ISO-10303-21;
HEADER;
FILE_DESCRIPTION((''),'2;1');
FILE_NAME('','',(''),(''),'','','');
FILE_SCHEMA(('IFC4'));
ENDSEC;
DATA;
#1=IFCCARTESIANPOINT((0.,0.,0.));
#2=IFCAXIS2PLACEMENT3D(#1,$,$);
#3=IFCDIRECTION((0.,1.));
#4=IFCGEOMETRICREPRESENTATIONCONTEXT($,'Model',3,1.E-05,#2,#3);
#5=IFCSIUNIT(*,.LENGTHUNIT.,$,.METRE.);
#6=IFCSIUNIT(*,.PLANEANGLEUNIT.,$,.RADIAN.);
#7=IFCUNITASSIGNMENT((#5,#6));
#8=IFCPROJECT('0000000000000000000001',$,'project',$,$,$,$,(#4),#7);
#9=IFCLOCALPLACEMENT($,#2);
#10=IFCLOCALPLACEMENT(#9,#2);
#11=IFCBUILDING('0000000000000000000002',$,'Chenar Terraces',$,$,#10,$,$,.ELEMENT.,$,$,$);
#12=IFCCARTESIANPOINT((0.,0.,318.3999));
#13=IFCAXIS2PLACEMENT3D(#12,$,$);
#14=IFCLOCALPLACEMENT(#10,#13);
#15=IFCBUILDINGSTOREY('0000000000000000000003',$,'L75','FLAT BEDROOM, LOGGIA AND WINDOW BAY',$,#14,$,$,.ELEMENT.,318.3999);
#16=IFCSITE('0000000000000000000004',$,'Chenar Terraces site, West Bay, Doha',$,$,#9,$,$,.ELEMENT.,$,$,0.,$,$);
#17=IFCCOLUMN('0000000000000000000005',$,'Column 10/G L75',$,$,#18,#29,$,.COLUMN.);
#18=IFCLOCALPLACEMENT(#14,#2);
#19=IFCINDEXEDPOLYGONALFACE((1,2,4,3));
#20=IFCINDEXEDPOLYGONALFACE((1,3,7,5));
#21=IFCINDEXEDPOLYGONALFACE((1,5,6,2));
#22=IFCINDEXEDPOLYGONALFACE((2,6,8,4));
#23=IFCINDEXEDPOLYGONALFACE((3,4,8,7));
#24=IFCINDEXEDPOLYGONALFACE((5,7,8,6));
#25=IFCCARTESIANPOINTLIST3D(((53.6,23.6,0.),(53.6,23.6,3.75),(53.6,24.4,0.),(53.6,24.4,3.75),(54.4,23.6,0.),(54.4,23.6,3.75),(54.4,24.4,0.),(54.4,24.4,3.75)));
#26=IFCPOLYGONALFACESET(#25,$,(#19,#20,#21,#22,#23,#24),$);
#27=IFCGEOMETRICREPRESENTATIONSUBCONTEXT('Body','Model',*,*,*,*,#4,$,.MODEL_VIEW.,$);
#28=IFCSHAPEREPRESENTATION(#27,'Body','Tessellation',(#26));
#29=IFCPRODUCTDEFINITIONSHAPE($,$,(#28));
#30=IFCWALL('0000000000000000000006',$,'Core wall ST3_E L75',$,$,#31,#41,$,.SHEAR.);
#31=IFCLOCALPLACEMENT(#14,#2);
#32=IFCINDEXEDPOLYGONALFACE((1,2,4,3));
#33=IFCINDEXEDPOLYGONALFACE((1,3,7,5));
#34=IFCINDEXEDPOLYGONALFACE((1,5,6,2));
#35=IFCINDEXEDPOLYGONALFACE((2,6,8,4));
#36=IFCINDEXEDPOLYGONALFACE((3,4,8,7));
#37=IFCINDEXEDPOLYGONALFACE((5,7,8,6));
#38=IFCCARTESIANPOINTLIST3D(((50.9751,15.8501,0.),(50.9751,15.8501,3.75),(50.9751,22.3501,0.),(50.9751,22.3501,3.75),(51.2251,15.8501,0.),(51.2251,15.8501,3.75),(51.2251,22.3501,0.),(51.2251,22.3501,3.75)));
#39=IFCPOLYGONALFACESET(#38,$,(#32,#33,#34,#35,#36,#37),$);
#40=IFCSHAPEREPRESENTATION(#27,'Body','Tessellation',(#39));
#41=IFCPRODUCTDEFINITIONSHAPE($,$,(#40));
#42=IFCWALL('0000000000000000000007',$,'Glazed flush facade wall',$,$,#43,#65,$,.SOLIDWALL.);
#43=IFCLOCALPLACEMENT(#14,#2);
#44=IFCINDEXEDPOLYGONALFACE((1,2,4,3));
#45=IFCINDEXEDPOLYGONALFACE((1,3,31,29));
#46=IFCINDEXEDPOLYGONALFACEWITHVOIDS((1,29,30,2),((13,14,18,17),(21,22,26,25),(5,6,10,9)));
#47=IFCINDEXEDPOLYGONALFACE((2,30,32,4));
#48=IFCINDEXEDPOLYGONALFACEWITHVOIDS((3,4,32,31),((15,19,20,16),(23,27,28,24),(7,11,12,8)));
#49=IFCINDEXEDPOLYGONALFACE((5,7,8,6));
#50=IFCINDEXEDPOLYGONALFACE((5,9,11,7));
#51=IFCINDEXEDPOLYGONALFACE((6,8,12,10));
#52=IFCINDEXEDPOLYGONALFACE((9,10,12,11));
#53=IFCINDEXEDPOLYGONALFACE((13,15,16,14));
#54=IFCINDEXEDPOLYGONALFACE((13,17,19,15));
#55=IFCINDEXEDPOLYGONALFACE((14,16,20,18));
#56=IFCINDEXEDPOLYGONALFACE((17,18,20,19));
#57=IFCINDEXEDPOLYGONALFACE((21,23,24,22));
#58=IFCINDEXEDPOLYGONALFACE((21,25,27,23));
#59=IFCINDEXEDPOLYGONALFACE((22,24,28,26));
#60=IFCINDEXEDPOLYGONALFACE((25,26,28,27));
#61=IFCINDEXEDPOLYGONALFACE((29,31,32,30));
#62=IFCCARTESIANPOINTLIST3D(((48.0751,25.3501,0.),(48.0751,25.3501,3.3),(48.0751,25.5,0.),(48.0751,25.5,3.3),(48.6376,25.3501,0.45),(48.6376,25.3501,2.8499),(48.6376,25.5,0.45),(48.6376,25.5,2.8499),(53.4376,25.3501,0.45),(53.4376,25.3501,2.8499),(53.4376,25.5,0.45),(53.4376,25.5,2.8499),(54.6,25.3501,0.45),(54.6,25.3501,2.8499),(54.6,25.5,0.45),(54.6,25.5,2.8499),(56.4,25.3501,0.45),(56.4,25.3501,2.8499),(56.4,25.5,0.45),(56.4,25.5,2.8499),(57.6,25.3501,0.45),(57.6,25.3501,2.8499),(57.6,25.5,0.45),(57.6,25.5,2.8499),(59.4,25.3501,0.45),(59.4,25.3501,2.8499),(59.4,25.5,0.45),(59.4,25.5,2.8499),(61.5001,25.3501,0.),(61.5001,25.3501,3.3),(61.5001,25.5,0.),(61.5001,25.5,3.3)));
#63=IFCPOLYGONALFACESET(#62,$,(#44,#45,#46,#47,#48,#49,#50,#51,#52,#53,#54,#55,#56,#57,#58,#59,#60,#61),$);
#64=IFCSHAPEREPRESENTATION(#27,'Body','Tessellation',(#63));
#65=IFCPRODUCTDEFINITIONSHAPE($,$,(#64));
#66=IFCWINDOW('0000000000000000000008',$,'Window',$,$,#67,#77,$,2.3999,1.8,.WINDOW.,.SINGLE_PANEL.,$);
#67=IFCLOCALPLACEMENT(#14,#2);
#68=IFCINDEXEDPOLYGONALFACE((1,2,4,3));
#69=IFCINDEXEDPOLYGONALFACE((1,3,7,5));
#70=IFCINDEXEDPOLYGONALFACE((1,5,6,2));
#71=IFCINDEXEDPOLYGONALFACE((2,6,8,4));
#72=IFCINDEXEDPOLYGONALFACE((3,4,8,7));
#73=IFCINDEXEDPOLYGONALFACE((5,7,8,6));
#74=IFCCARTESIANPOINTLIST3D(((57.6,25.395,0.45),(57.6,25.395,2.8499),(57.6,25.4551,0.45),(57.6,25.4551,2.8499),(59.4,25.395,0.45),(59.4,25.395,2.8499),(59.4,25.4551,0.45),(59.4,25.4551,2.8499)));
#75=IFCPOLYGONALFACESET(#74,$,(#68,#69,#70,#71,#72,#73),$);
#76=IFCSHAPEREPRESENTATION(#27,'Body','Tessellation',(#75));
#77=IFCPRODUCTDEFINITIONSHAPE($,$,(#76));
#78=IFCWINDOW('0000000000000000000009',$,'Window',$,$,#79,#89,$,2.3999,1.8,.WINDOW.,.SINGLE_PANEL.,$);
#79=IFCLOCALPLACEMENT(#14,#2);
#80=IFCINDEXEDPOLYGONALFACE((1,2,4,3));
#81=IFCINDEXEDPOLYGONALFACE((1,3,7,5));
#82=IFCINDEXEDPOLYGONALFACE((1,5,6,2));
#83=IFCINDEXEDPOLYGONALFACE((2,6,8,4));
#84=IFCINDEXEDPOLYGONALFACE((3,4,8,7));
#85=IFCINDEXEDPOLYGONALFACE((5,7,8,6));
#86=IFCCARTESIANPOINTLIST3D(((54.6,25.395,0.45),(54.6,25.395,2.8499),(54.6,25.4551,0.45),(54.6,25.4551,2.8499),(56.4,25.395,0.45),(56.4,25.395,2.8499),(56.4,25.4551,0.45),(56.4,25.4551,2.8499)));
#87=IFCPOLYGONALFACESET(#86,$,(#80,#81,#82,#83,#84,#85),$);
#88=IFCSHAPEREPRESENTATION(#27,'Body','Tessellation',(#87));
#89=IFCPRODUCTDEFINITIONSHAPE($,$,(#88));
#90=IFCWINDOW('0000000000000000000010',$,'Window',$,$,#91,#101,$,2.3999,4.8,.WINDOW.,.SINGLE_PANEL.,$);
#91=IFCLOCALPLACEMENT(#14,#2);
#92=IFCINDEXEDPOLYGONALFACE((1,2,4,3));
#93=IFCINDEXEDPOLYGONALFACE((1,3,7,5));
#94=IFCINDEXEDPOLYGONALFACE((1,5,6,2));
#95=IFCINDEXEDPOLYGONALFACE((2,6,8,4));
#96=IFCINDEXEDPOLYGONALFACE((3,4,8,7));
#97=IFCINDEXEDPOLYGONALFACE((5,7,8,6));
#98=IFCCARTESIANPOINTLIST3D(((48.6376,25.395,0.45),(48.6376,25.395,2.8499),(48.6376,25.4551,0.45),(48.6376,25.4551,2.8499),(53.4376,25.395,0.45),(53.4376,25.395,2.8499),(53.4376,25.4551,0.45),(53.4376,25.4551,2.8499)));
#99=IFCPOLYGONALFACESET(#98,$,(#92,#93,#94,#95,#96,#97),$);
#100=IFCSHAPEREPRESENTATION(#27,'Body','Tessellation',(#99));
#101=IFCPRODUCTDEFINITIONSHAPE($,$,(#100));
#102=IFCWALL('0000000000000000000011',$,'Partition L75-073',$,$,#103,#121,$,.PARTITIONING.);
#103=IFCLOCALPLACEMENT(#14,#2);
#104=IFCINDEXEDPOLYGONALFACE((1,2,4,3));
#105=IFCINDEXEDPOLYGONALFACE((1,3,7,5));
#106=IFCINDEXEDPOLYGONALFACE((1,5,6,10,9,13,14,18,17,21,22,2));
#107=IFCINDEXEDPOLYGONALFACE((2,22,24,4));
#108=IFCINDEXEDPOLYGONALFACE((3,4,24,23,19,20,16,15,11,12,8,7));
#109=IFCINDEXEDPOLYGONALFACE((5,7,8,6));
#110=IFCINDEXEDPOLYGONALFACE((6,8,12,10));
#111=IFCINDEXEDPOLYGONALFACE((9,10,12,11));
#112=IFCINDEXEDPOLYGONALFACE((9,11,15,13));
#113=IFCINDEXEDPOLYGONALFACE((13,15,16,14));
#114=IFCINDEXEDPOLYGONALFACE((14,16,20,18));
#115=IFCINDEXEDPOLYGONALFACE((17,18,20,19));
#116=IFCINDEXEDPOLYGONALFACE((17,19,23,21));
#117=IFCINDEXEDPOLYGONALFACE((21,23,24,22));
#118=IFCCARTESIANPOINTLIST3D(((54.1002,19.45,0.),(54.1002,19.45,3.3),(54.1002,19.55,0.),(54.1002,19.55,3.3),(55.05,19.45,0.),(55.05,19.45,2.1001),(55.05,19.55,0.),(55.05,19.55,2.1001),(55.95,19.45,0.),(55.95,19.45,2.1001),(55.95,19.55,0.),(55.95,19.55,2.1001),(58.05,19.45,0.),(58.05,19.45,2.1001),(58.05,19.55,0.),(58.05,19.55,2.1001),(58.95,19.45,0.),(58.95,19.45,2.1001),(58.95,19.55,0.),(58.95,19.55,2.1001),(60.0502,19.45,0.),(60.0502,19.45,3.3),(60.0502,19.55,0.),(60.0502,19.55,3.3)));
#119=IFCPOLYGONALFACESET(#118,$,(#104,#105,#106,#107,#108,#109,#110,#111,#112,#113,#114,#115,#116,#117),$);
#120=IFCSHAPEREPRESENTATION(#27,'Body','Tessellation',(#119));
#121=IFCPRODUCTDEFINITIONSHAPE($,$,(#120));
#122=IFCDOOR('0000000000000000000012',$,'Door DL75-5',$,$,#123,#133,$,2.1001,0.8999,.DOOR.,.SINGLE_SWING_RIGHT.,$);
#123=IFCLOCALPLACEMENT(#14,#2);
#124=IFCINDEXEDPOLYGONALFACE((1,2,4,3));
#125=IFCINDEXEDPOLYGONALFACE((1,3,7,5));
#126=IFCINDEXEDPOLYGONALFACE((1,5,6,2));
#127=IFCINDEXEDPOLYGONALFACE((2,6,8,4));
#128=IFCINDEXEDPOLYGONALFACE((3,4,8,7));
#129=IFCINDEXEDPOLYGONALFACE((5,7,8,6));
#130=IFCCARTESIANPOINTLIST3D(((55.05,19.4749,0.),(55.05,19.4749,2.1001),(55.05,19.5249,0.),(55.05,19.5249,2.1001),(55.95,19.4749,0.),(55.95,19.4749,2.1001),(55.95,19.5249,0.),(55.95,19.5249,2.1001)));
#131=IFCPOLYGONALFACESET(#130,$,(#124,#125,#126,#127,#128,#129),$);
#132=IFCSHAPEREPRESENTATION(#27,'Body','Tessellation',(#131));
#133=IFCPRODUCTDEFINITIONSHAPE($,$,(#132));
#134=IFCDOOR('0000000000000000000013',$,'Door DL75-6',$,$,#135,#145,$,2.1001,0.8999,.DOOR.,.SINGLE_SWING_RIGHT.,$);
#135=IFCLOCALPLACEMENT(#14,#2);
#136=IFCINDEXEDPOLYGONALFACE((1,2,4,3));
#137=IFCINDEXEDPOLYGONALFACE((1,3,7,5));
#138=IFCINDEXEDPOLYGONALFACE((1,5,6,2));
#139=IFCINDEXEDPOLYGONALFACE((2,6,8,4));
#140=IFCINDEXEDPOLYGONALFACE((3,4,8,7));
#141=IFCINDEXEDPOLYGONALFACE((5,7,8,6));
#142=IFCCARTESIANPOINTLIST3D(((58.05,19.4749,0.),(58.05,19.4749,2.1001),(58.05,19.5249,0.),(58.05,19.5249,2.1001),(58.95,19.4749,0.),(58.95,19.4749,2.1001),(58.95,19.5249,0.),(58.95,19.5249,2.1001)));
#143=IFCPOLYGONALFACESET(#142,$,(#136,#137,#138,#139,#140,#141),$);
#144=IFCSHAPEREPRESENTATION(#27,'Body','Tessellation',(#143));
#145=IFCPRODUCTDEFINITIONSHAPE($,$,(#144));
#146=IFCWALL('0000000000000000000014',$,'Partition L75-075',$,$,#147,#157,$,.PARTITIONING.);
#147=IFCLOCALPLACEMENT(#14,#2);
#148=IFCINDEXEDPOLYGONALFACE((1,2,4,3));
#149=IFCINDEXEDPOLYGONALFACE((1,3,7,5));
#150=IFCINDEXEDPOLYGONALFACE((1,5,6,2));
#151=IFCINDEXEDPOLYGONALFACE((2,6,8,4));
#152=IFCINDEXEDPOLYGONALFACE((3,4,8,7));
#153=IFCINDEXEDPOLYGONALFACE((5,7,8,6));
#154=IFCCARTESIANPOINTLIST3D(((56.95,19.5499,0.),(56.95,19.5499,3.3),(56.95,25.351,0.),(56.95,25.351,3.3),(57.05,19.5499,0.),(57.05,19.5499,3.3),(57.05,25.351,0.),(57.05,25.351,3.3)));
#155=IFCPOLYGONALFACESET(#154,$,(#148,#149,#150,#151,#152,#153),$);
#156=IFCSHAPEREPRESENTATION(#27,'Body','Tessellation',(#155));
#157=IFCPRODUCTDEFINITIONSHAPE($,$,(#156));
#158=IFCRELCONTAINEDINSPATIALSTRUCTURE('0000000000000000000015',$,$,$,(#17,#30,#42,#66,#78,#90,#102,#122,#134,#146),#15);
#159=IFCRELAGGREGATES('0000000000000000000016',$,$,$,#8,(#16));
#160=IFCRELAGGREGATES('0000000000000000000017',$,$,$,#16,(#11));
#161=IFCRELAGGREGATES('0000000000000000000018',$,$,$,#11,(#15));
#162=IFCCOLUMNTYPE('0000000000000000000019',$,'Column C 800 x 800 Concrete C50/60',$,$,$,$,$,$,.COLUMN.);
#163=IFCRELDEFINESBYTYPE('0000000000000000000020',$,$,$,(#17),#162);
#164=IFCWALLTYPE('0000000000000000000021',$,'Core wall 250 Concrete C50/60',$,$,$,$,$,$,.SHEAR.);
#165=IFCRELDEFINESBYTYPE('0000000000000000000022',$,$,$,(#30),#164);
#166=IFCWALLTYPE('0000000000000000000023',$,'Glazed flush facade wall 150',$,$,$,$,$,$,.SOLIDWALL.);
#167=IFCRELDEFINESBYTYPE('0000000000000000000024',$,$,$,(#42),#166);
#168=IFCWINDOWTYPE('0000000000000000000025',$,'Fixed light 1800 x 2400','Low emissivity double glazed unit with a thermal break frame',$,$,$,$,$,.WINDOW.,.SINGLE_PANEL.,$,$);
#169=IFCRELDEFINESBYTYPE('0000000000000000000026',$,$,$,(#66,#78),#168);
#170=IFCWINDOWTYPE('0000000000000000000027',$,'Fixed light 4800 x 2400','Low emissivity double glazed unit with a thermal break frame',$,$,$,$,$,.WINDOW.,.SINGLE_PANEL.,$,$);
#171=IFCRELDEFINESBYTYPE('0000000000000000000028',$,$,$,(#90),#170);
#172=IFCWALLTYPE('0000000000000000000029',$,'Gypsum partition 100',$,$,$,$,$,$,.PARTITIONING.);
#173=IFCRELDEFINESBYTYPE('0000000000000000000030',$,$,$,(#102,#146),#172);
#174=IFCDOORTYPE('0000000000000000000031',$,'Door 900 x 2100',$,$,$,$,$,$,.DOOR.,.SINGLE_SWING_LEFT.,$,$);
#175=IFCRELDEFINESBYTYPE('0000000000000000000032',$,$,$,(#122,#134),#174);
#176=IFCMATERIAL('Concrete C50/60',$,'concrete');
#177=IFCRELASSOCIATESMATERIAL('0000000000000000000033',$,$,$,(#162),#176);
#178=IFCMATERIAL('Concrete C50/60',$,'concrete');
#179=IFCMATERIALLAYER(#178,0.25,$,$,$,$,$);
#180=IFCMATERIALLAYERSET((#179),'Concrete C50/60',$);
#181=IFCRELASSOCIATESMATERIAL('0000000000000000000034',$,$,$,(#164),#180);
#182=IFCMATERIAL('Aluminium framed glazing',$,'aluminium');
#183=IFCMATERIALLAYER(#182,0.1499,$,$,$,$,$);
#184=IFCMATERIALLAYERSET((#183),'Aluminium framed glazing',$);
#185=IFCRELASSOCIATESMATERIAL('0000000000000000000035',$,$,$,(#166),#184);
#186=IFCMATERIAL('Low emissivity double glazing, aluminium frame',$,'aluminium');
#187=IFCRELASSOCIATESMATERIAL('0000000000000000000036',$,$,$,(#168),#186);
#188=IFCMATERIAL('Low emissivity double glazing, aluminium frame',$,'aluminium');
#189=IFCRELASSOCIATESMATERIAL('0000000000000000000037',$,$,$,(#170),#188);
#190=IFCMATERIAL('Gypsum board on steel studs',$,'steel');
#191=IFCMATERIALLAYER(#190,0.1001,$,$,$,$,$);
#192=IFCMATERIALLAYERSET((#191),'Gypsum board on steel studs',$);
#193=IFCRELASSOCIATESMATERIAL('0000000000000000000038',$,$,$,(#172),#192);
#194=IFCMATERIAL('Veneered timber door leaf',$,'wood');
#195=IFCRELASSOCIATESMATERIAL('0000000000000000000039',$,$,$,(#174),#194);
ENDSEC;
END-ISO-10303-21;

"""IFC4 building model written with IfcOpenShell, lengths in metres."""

from ifc_helpers import new_model, si_unit, direction, frame, frame_2d, origin, origin_2d, place, context, subcontext, project, spatial, rectangle, extrude, material, layer, layer_set, material_profile, profile_set, type_object, element, fill, save


model = new_model("IFC4")

# Units and contexts
model_context = context("Model", 3, precision=1e-05, world=origin(), true_north=direction((0.0, 1.0)))
body_context = subcontext(model_context, "Body", "Model", "MODEL_VIEW")
ifc_project = project(units=[si_unit("LENGTHUNIT", "METRE"), si_unit("PLANEANGLEUNIT", "RADIAN")], contexts=[model_context])

# Site, building, storey
site_placement = place(None, origin())
site = spatial("IfcSite", under=ifc_project, at=site_placement, Name="Chenar Terraces site, West Bay, Doha", CompositionType="ELEMENT", RefElevation=0.0)
building_placement = place(site_placement, origin())
building = spatial("IfcBuilding", under=site, at=building_placement, Name="Chenar Terraces", CompositionType="ELEMENT")
storey_placement = place(building_placement, frame((0.0, 0.0, 318.3999)))
storey = spatial("IfcBuildingStorey", under=building, at=storey_placement, Name="L75", Description="FLAT BEDROOM, LOGGIA AND WINDOW BAY", CompositionType="ELEMENT", Elevation=318.3999)

# Column
ifc_material_1 = material(Name="Concrete C50/60", Category="concrete")
ifc_material_profile = material_profile(ifc_material_1, rectangle(XDim=0.8, YDim=0.8, at=origin_2d()), Name="C 800 x 800")
ifc_profile_set = profile_set([ifc_material_profile], Name="Concrete C50/60")
column_type = type_object("IfcColumnType", Name="Column C 800 x 800 Concrete C50/60", PredefinedType="COLUMN", material=ifc_profile_set)
column_placement = place(storey_placement, frame((54.0, 24.0, 0.0), z_axis=(0.0, 0.0, 1.0), x_axis=(1.0, 0.0, 0.0)))
element("IfcColumn", 1, at=column_placement, inside=storey, type_object=column_type, Name="Column 10/G L75", PredefinedType="COLUMN", context=body_context, shape_type="SweptSolid", body=[
    extrude(rectangle(XDim=0.8, YDim=0.8, at=origin_2d()), origin(), (0.0, 0.0, 1.0), 3.75),
])

# Wall
ifc_material_2 = material(Name="Concrete C50/60", Category="concrete")
ifc_layer_1 = layer(ifc_material_2, 0.25)
ifc_layer_set_1 = layer_set([ifc_layer_1], Name="Concrete C50/60")
wall_type_1 = type_object("IfcWallType", Name="Core wall 250 Concrete C50/60", PredefinedType="SHEAR", material=ifc_layer_set_1)
wall_1_placement = place(storey_placement, frame((51.1001, 15.8501, 0.0), z_axis=(0.0, 0.0, 1.0), x_axis=(0.0, 1.0, 0.0)))
element("IfcWall", 2, at=wall_1_placement, inside=storey, type_object=wall_type_1, Name="Core wall ST3_E L75", PredefinedType="SHEAR", context=body_context, shape_type="SweptSolid", body=[
    extrude(rectangle(XDim=6.5, YDim=0.25, at=frame_2d((3.25, 0.0))), origin(), (0.0, 0.0, 1.0), 3.75),
])

# Wall, openings, windows
ifc_material_3 = material(Name="Aluminium framed glazing", Category="aluminium")
ifc_layer_2 = layer(ifc_material_3, 0.1499)
ifc_layer_set_2 = layer_set([ifc_layer_2], Name="Aluminium framed glazing")
wall_type_2 = type_object("IfcWallType", Name="Glazed flush facade wall 150", PredefinedType="SOLIDWALL", material=ifc_layer_set_2)
wall_2_placement = place(storey_placement, frame((61.5, 25.425, 0.0), z_axis=(0.0, 0.0, 1.0), x_axis=(-1.0, 0.0, 0.0)))
wall_2 = element("IfcWall", 3, at=wall_2_placement, inside=storey, type_object=wall_type_2, Name="Glazed flush facade wall", PredefinedType="SOLIDWALL", context=body_context, shape_type="SweptSolid", body=[
    extrude(rectangle(XDim=13.425, YDim=0.1499, at=frame_2d((6.7124, 0.0))), origin(), (0.0, 0.0, 1.0), 3.3),
])
opening_1_placement = place(wall_2_placement, frame((2.1001, 0.0, 0.45)))
opening_1 = element("IfcOpeningElement", 4, at=opening_1_placement, cuts=wall_2, PredefinedType="OPENING", context=body_context, shape_type="SweptSolid", body=[
    extrude(rectangle(XDim=1.8, YDim=2.3999, at=frame_2d((0.8999, 1.2))), frame((0.0, 0.085, 0.0), z_axis=(0.0, -1.0, 0.0), x_axis=(1.0, 0.0, 0.0)), (0.0, 0.0, 1.0), 0.1699),
])
opening_2_placement = place(wall_2_placement, frame((5.1001, 0.0, 0.45)))
opening_2 = element("IfcOpeningElement", 5, at=opening_2_placement, cuts=wall_2, PredefinedType="OPENING", context=body_context, shape_type="SweptSolid", body=[
    extrude(rectangle(XDim=1.8, YDim=2.3999, at=frame_2d((0.8999, 1.2))), frame((0.0, 0.085, 0.0), z_axis=(0.0, -1.0, 0.0), x_axis=(1.0, 0.0, 0.0)), (0.0, 0.0, 1.0), 0.1699),
])
opening_3_placement = place(wall_2_placement, frame((8.0625, 0.0, 0.45)))
opening_3 = element("IfcOpeningElement", 6, at=opening_3_placement, cuts=wall_2, PredefinedType="OPENING", context=body_context, shape_type="SweptSolid", body=[
    extrude(rectangle(XDim=4.8, YDim=2.3999, at=frame_2d((2.3999, 1.2))), frame((0.0, 0.085, 0.0), z_axis=(0.0, -1.0, 0.0), x_axis=(1.0, 0.0, 0.0)), (0.0, 0.0, 1.0), 0.1699),
])
ifc_material_4 = material(Name="Low emissivity double glazing, aluminium frame", Category="aluminium")
window_type_1 = type_object("IfcWindowType", Name="Fixed light 1800 x 2400", Description="Low emissivity double glazed unit with a thermal break frame", PartitioningType="SINGLE_PANEL", PredefinedType="WINDOW", material=ifc_material_4)
window_1_placement = place(opening_1_placement, origin())
window_1 = element("IfcWindow", 7, at=window_1_placement, inside=storey, type_object=window_type_1, Name="Window", OverallHeight=2.3999, OverallWidth=1.8, PartitioningType="SINGLE_PANEL", PredefinedType="WINDOW", context=body_context, shape_type="SweptSolid", body=[
    extrude(rectangle(XDim=1.8, YDim=2.3999, at=frame_2d((0.8999, 1.2))), frame((0.0, 0.03, 0.0), z_axis=(0.0, -1.0, 0.0), x_axis=(1.0, 0.0, 0.0)), (0.0, 0.0, 1.0), 0.0601),
])
fill(opening_1, window_1)
window_2_placement = place(opening_2_placement, origin())
window_2 = element("IfcWindow", 8, at=window_2_placement, inside=storey, type_object=window_type_1, Name="Window", OverallHeight=2.3999, OverallWidth=1.8, PartitioningType="SINGLE_PANEL", PredefinedType="WINDOW", context=body_context, shape_type="SweptSolid", body=[
    extrude(rectangle(XDim=1.8, YDim=2.3999, at=frame_2d((0.8999, 1.2))), frame((0.0, 0.03, 0.0), z_axis=(0.0, -1.0, 0.0), x_axis=(1.0, 0.0, 0.0)), (0.0, 0.0, 1.0), 0.0601),
])
fill(opening_2, window_2)
ifc_material_5 = material(Name="Low emissivity double glazing, aluminium frame", Category="aluminium")
window_type_2 = type_object("IfcWindowType", Name="Fixed light 4800 x 2400", Description="Low emissivity double glazed unit with a thermal break frame", PartitioningType="SINGLE_PANEL", PredefinedType="WINDOW", material=ifc_material_5)
window_3_placement = place(opening_3_placement, origin())
window_3 = element("IfcWindow", 9, at=window_3_placement, inside=storey, type_object=window_type_2, Name="Window", OverallHeight=2.3999, OverallWidth=4.8, PartitioningType="SINGLE_PANEL", PredefinedType="WINDOW", context=body_context, shape_type="SweptSolid", body=[
    extrude(rectangle(XDim=4.8, YDim=2.3999, at=frame_2d((2.3999, 1.2))), frame((0.0, 0.03, 0.0), z_axis=(0.0, -1.0, 0.0), x_axis=(1.0, 0.0, 0.0)), (0.0, 0.0, 1.0), 0.0601),
])
fill(opening_3, window_3)

# Wall, openings, doors
ifc_material_6 = material(Name="Gypsum board on steel studs", Category="steel")
ifc_layer_3 = layer(ifc_material_6, 0.1001)
ifc_layer_set_3 = layer_set([ifc_layer_3], Name="Gypsum board on steel studs")
wall_type_3 = type_object("IfcWallType", Name="Gypsum partition 100", PredefinedType="PARTITIONING", material=ifc_layer_set_3)
wall_3_placement = place(storey_placement, frame((54.1001, 19.5, 0.0), z_axis=(0.0, 0.0, 1.0), x_axis=(1.0, 0.0, 0.0)))
wall_3 = element("IfcWall", 10, at=wall_3_placement, inside=storey, type_object=wall_type_3, Name="Partition L75-073", PredefinedType="PARTITIONING", context=body_context, shape_type="SweptSolid", body=[
    extrude(rectangle(XDim=5.95, YDim=0.1001, at=frame_2d((2.9751, 0.0))), origin(), (0.0, 0.0, 1.0), 3.3),
])
opening_4_placement = place(wall_3_placement, frame((0.95, 0.0, 0.0)))
opening_4 = element("IfcOpeningElement", 11, at=opening_4_placement, cuts=wall_3, PredefinedType="OPENING", context=body_context, shape_type="SweptSolid", body=[
    extrude(rectangle(XDim=0.8999, YDim=2.1001, at=frame_2d((0.45, 1.05))), frame((0.0, 0.0601, 0.0), z_axis=(0.0, -1.0, 0.0), x_axis=(1.0, 0.0, 0.0)), (0.0, 0.0, 1.0), 0.1201),
])
opening_5_placement = place(wall_3_placement, frame((3.95, 0.0, 0.0)))
opening_5 = element("IfcOpeningElement", 12, at=opening_5_placement, cuts=wall_3, PredefinedType="OPENING", context=body_context, shape_type="SweptSolid", body=[
    extrude(rectangle(XDim=0.8999, YDim=2.1001, at=frame_2d((0.45, 1.05))), frame((0.0, 0.0601, 0.0), z_axis=(0.0, -1.0, 0.0), x_axis=(1.0, 0.0, 0.0)), (0.0, 0.0, 1.0), 0.1201),
])
ifc_material_7 = material(Name="Veneered timber door leaf", Category="wood")
door_type = type_object("IfcDoorType", Name="Door 900 x 2100", OperationType="SINGLE_SWING_LEFT", PredefinedType="DOOR", material=ifc_material_7)
door_1_placement = place(opening_4_placement, origin())
door_1 = element("IfcDoor", 13, at=door_1_placement, inside=storey, type_object=door_type, Name="Door DL75-5", OperationType="SINGLE_SWING_RIGHT", OverallHeight=2.1001, OverallWidth=0.8999, PredefinedType="DOOR", context=body_context, shape_type="SweptSolid", body=[
    extrude(rectangle(XDim=0.8999, YDim=2.1001, at=frame_2d((0.45, 1.05))), frame((0.0, 0.0249, 0.0), z_axis=(0.0, -1.0, 0.0), x_axis=(1.0, 0.0, 0.0)), (0.0, 0.0, 1.0), 0.05),
])
fill(opening_4, door_1)
door_2_placement = place(opening_5_placement, origin())
door_2 = element("IfcDoor", 14, at=door_2_placement, inside=storey, type_object=door_type, Name="Door DL75-6", OperationType="SINGLE_SWING_RIGHT", OverallHeight=2.1001, OverallWidth=0.8999, PredefinedType="DOOR", context=body_context, shape_type="SweptSolid", body=[
    extrude(rectangle(XDim=0.8999, YDim=2.1001, at=frame_2d((0.45, 1.05))), frame((0.0, 0.0249, 0.0), z_axis=(0.0, -1.0, 0.0), x_axis=(1.0, 0.0, 0.0)), (0.0, 0.0, 1.0), 0.05),
])
fill(opening_5, door_2)

# Wall
wall_4_placement = place(storey_placement, frame((57.0, 19.55, 0.0), z_axis=(0.0, 0.0, 1.0), x_axis=(0.0, 1.0, 0.0)))
element("IfcWall", 15, at=wall_4_placement, inside=storey, type_object=wall_type_3, Name="Partition L75-075", PredefinedType="PARTITIONING", context=body_context, shape_type="SweptSolid", body=[
    extrude(rectangle(XDim=5.801, YDim=0.1001, at=frame_2d((2.9004, 0.0))), origin(), (0.0, 0.0, 1.0), 3.3),
])

save(model, "model.ifc")
